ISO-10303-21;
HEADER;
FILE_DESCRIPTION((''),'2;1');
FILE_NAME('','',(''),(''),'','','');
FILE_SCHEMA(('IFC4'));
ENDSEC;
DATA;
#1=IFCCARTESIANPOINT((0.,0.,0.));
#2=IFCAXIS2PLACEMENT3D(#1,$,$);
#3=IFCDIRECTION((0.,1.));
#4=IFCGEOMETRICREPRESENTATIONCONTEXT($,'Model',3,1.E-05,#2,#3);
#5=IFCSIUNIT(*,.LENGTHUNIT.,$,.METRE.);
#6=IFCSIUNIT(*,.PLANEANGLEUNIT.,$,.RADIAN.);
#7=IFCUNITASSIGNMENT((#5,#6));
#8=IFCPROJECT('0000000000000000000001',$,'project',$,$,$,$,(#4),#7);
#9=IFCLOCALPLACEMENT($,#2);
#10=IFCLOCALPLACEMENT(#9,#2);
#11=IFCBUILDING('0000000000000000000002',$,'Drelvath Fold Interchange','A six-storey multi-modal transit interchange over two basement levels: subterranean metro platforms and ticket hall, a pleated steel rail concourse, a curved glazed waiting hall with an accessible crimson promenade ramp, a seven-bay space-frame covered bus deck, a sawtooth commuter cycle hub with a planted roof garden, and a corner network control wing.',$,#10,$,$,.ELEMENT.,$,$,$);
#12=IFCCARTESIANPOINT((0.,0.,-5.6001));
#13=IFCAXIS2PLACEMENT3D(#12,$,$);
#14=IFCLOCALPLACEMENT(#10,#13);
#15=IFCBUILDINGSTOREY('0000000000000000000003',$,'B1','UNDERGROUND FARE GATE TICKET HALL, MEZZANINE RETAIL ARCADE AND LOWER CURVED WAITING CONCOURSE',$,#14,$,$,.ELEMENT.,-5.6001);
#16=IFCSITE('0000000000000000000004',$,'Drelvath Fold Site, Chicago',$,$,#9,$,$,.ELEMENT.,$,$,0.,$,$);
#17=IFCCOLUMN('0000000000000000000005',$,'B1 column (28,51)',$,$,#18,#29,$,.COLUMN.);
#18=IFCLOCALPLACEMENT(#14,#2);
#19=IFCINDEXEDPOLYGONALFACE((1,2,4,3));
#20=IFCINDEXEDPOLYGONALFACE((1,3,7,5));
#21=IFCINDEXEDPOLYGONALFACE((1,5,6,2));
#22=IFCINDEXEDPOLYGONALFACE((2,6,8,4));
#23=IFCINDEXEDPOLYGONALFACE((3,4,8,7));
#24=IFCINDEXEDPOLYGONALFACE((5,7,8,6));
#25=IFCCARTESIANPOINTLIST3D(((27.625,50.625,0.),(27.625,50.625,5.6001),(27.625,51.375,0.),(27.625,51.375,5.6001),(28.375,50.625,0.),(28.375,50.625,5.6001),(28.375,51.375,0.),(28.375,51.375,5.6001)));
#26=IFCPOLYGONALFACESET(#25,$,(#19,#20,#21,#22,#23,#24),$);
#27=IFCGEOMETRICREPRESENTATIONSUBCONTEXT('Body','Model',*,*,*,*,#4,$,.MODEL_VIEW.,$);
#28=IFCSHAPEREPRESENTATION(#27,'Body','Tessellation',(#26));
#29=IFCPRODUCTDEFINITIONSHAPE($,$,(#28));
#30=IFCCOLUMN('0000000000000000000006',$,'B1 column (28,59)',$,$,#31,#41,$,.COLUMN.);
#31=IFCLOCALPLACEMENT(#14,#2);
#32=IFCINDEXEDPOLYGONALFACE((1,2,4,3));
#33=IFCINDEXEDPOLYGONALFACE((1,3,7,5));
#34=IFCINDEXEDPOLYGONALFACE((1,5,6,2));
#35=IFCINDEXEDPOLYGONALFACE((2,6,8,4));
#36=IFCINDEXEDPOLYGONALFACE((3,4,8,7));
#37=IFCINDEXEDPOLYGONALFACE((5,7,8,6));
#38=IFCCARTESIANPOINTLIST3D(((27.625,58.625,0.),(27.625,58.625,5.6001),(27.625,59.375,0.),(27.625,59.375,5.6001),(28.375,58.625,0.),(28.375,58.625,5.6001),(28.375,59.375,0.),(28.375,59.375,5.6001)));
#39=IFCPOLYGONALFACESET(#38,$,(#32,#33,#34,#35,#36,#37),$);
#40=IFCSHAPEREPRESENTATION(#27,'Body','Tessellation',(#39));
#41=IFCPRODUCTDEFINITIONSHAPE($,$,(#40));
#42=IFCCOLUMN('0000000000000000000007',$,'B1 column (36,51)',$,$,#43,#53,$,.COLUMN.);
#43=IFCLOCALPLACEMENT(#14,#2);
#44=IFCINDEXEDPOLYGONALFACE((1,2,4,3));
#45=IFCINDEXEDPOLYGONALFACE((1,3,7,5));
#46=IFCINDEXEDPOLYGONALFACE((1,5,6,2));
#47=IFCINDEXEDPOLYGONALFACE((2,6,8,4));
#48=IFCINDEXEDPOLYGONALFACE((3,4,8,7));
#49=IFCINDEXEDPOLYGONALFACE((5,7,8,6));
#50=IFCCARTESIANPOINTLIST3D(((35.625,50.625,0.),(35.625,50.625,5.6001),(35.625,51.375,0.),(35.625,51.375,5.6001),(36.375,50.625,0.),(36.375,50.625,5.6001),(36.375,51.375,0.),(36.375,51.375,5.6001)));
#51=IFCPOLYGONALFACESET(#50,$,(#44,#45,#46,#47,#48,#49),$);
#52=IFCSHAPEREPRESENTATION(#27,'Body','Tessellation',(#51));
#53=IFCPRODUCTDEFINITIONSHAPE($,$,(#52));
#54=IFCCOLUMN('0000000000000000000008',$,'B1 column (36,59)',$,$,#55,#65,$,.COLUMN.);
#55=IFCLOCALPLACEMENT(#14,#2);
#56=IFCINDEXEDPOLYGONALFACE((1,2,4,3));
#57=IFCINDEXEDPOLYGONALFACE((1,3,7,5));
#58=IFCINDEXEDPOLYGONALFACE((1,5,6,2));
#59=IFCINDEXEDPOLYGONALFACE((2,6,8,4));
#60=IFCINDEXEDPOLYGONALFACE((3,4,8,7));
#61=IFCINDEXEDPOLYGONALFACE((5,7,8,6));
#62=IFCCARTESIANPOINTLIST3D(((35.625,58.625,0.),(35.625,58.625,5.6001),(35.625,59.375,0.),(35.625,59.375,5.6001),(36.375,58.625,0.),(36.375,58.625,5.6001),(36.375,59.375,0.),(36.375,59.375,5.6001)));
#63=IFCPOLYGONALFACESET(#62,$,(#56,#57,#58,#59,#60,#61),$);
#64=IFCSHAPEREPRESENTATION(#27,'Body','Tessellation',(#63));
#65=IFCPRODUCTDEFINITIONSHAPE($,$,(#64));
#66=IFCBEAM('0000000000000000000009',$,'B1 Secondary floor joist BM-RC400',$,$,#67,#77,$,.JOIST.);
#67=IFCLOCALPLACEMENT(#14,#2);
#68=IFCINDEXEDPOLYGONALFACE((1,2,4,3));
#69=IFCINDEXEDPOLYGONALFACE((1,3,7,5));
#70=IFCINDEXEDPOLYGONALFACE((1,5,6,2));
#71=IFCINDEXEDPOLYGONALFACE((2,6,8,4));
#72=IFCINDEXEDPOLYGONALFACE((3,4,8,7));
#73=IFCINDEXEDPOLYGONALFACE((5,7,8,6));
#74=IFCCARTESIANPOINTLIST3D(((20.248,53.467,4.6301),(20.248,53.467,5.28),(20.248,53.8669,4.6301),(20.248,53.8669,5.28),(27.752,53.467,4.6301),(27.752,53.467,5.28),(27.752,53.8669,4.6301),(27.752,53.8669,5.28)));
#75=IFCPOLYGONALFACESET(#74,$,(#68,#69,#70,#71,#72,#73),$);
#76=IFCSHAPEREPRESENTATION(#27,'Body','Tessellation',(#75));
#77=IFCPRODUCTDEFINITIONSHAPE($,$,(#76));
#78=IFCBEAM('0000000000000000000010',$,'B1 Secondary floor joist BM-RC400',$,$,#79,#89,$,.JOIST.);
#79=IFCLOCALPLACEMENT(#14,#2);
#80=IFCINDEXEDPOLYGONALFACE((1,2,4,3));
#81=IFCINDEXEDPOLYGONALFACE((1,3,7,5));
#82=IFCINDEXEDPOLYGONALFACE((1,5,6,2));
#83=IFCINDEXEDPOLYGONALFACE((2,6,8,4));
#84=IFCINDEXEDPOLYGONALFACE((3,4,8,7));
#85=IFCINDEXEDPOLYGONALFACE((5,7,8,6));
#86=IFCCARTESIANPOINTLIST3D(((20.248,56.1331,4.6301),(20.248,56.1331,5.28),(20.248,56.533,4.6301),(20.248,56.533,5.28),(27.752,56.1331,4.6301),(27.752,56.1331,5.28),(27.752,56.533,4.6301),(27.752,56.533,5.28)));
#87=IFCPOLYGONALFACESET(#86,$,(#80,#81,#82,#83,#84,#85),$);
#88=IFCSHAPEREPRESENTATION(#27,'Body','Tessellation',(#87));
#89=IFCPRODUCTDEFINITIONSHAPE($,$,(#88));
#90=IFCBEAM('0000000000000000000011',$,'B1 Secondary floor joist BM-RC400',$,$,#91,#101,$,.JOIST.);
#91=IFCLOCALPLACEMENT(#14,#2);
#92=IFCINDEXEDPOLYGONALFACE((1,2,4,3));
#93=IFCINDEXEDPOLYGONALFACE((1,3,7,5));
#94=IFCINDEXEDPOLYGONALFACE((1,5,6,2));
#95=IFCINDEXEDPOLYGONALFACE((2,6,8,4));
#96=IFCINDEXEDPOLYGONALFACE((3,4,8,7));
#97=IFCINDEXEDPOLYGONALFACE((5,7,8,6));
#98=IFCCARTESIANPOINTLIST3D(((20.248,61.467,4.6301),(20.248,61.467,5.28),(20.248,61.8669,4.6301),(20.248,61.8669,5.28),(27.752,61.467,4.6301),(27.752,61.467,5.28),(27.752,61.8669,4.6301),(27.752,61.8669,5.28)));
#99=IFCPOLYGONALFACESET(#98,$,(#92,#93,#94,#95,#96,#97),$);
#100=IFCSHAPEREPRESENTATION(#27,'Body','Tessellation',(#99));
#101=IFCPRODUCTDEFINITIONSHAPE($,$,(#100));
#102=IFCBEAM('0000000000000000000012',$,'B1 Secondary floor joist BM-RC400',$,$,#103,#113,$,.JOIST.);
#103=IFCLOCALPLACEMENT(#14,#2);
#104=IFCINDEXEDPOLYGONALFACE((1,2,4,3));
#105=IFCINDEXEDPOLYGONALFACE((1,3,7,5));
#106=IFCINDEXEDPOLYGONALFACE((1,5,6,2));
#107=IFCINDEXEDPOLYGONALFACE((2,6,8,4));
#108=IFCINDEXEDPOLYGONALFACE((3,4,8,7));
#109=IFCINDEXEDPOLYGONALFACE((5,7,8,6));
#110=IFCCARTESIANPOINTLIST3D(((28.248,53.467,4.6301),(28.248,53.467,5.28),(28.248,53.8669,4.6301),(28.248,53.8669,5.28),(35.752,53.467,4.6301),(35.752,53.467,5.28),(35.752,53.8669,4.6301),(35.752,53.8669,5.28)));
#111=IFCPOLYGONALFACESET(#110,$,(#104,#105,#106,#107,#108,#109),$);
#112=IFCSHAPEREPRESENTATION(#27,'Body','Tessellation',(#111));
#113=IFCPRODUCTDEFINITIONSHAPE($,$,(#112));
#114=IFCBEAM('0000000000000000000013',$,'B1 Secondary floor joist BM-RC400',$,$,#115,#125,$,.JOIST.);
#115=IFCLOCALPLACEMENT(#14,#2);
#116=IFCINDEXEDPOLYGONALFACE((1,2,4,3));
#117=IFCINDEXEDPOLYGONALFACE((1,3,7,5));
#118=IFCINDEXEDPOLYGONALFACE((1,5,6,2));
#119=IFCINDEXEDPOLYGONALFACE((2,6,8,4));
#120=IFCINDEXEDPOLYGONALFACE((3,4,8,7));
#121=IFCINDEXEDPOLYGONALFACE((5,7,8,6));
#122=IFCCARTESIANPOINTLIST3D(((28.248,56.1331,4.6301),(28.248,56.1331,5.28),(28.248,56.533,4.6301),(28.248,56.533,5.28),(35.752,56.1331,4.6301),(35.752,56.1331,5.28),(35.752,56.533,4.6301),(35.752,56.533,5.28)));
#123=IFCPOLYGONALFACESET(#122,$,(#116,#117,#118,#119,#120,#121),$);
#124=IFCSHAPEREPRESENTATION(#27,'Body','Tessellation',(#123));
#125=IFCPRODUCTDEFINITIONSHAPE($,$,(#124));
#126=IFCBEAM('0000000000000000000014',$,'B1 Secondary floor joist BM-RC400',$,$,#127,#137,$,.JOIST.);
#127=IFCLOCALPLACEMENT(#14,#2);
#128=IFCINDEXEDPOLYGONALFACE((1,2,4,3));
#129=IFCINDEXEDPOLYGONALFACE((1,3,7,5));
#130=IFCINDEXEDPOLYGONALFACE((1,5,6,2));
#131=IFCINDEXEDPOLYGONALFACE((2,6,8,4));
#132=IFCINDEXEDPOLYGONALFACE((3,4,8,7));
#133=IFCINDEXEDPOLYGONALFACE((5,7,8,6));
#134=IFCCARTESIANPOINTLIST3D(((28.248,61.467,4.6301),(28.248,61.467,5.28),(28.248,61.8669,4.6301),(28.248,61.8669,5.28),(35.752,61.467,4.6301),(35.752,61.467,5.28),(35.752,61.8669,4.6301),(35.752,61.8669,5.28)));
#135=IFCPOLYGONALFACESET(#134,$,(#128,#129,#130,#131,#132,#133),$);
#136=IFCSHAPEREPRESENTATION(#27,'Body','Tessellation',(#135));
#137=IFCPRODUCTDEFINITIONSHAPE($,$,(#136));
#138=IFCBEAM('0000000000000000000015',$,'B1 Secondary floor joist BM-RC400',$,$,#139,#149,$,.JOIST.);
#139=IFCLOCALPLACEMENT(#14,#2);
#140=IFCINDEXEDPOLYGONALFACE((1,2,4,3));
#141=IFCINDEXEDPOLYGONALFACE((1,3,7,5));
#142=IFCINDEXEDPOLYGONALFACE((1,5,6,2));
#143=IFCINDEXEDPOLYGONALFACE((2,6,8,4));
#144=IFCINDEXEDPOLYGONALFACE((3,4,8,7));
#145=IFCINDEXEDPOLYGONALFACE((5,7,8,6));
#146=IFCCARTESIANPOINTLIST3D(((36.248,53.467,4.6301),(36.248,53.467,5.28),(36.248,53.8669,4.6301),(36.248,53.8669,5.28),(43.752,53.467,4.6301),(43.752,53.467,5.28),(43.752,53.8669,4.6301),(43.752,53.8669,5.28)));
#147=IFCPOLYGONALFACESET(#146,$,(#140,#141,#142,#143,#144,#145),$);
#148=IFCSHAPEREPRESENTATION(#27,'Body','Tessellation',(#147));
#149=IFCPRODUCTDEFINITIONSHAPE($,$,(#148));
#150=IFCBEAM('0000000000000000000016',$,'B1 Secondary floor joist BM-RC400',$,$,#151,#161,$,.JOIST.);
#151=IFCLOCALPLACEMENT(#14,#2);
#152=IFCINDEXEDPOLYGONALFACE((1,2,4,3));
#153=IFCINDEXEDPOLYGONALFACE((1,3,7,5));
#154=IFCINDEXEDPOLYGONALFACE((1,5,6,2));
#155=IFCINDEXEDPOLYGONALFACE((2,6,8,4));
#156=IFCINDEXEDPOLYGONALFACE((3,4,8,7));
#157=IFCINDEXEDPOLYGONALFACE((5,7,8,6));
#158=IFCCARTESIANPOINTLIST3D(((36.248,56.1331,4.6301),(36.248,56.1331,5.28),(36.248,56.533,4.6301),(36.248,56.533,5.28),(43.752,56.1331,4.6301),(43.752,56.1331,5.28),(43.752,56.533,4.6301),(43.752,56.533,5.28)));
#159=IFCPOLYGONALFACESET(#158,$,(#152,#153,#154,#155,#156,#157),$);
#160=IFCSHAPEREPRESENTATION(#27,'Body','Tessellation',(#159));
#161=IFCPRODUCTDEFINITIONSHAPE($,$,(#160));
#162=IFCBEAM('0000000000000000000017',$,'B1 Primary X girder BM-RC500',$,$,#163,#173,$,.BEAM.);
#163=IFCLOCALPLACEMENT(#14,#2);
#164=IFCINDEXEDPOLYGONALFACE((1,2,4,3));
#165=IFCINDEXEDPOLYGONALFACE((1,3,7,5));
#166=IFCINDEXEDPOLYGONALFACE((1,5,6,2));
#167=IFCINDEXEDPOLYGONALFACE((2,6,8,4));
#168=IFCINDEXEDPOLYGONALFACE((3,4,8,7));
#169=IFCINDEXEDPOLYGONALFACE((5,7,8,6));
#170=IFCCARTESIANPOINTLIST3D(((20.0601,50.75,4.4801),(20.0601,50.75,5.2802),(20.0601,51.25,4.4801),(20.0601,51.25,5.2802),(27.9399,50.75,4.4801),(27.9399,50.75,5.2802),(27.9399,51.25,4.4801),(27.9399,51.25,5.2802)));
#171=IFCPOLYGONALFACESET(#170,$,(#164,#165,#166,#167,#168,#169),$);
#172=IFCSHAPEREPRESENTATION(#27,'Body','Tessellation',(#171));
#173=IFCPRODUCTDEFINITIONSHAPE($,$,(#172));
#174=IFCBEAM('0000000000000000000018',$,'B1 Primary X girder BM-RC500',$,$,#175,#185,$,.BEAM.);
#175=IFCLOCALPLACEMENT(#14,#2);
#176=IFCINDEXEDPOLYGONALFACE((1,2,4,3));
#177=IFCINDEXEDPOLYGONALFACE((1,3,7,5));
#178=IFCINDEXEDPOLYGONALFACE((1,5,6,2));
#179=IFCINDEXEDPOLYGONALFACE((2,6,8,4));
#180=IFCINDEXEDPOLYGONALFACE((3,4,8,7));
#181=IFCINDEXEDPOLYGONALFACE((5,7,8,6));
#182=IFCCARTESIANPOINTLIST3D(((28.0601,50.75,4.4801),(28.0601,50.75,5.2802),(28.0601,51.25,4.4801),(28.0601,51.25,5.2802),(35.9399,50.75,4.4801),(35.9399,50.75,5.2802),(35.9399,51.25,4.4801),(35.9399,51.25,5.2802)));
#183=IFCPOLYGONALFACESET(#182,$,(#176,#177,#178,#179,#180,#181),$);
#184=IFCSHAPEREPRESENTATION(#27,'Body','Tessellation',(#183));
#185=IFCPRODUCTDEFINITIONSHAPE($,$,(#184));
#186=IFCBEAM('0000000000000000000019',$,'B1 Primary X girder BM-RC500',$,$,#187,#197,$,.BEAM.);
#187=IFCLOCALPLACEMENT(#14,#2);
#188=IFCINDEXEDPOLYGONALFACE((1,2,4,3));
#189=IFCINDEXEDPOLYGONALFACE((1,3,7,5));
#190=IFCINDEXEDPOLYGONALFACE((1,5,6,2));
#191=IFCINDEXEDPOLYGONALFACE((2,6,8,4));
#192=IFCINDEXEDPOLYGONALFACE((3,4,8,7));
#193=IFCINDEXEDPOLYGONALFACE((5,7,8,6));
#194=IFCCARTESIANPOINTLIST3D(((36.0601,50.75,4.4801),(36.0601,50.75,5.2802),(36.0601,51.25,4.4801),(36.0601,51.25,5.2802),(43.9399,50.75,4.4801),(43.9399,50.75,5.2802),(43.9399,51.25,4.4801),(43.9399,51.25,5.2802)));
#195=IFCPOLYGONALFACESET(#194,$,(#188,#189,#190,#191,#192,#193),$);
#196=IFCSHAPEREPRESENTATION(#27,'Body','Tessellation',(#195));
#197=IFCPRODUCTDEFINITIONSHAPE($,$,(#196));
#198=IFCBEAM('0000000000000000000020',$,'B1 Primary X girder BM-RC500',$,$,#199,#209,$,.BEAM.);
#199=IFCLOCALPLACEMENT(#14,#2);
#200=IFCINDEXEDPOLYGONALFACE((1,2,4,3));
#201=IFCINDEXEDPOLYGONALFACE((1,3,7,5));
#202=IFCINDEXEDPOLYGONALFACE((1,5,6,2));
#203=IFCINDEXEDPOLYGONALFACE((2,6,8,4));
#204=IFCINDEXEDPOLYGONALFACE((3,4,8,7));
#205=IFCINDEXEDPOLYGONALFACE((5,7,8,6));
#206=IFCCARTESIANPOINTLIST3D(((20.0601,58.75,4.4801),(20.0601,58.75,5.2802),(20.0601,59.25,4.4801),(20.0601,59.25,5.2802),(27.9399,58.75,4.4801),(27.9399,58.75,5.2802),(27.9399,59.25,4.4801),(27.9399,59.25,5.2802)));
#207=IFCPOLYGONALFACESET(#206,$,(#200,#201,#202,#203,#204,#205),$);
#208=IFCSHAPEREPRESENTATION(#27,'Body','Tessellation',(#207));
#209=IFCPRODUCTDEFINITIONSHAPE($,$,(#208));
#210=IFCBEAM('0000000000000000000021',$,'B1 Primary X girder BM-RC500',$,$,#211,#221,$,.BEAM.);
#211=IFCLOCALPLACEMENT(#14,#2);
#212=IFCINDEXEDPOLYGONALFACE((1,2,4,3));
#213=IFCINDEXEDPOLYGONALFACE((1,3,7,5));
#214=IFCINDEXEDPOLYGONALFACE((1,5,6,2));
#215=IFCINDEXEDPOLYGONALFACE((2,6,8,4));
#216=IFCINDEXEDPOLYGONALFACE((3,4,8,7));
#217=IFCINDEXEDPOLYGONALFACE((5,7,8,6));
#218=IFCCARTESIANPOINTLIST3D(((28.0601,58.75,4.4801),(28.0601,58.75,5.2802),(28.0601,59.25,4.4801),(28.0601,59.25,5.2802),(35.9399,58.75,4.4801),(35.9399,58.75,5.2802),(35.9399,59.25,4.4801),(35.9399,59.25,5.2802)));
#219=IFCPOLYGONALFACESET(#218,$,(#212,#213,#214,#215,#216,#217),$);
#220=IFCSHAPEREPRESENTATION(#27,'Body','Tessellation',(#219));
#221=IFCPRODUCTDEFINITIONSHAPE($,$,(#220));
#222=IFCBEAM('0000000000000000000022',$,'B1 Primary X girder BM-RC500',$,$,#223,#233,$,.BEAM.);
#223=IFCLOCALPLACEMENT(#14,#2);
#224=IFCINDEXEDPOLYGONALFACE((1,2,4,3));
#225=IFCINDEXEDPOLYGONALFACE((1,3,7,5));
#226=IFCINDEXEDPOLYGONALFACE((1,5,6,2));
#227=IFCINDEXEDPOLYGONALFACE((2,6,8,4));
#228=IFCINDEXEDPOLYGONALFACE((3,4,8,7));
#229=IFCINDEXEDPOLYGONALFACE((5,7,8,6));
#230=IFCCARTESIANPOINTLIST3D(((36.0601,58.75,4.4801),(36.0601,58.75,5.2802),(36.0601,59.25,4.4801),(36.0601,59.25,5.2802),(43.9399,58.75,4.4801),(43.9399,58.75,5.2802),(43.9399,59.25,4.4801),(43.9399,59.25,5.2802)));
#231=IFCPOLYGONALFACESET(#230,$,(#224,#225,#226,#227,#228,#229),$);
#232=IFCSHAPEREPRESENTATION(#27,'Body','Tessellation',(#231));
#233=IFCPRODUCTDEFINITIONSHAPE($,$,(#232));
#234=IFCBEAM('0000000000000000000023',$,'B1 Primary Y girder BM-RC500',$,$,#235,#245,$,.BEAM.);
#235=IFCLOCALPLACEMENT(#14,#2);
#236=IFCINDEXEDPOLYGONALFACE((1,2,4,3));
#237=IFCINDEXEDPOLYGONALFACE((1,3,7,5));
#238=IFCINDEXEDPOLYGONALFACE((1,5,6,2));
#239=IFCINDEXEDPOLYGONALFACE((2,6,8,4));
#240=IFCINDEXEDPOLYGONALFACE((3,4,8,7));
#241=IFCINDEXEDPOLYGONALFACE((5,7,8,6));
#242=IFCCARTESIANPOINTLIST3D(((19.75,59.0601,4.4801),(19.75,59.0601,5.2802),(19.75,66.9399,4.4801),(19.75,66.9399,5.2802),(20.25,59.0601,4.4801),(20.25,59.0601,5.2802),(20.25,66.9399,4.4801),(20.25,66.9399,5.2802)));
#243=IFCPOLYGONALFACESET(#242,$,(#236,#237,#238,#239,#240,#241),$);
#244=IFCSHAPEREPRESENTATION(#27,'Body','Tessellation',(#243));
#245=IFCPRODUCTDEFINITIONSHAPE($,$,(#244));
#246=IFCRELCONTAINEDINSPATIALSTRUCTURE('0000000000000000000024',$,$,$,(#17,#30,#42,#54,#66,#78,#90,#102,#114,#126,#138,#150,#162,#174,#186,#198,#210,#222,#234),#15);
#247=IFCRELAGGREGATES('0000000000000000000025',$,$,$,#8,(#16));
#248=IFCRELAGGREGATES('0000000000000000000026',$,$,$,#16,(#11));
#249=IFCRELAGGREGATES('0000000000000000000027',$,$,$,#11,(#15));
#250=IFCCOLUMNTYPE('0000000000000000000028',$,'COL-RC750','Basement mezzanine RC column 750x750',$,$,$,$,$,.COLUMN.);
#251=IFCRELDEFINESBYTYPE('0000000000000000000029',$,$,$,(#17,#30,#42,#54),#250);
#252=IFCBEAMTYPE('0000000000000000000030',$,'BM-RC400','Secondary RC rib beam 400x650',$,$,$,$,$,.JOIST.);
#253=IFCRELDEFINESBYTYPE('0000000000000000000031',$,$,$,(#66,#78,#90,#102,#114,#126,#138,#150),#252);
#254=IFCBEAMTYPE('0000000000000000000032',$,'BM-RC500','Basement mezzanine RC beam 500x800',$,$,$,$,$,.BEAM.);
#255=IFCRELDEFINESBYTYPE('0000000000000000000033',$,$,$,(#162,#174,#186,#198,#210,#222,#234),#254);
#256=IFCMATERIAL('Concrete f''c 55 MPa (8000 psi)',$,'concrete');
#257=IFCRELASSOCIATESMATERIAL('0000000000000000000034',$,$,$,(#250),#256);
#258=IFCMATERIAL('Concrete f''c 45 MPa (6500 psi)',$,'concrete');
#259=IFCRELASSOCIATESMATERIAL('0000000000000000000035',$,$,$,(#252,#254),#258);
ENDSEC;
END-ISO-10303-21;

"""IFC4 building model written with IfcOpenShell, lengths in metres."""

from ifc_helpers import new_model, si_unit, direction, frame, origin, origin_2d, place, context, subcontext, project, spatial, rectangle, extrude, material, material_profile, profile_set, type_object, element, save


model = new_model("IFC4")

# Units and contexts
model_context = context("Model", 3, precision=1e-05, world=origin(), true_north=direction((0.0, 1.0)))
body_context = subcontext(model_context, "Body", "Model", "MODEL_VIEW")
ifc_project = project(units=[si_unit("LENGTHUNIT", "METRE"), si_unit("PLANEANGLEUNIT", "RADIAN")], contexts=[model_context])

# Site, building, storey
site_placement = place(None, origin())
site = spatial("IfcSite", under=ifc_project, at=site_placement, Name="Drelvath Fold Site, Chicago", CompositionType="ELEMENT", RefElevation=0.0)
building_placement = place(site_placement, origin())
building = spatial("IfcBuilding", under=site, at=building_placement, Name="Drelvath Fold Interchange", Description="A six-storey multi-modal transit interchange over two basement levels: subterranean metro platforms and ticket hall, a pleated steel rail concourse, a curved glazed waiting hall with an accessible crimson promenade ramp, a seven-bay space-frame covered bus deck, a sawtooth commuter cycle hub with a planted roof garden, and a corner network control wing.", CompositionType="ELEMENT")
storey_placement = place(building_placement, frame((0.0, 0.0, -5.6001)))
storey = spatial("IfcBuildingStorey", under=building, at=storey_placement, Name="B1", Description="UNDERGROUND FARE GATE TICKET HALL, MEZZANINE RETAIL ARCADE AND LOWER CURVED WAITING CONCOURSE", CompositionType="ELEMENT", Elevation=-5.6001)

# Columns
ifc_material_1 = material(Name="Concrete f'c 55 MPa (8000 psi)", Category="concrete")
ifc_material_profile_1 = material_profile(ifc_material_1, rectangle(XDim=0.75, YDim=0.75, at=origin_2d()), Name="RC 750x750")
ifc_profile_set_1 = profile_set([ifc_material_profile_1], Name="Concrete f'c 55 MPa (8000 psi)")
column_type = type_object("IfcColumnType", Name="COL-RC750", Description="Basement mezzanine RC column 750x750", PredefinedType="COLUMN", material=ifc_profile_set_1)
for number, where, z_axis, x_axis, name in (
    (1, (28.0, 51.0, 0.0), (0.0, 0.0, 1.0), (1.0, 0.0, 0.0), "B1 column (28,51)"),
    (2, (28.0, 59.0, 0.0), (0.0, 0.0, 1.0), (1.0, 0.0, 0.0), "B1 column (28,59)"),
    (3, (36.0, 51.0, 0.0), (0.0, 0.0, 1.0), (1.0, 0.0, 0.0), "B1 column (36,51)"),
    (4, (36.0, 59.0, 0.0), (0.0, 0.0, 1.0), (1.0, 0.0, 0.0), "B1 column (36,59)"),
):
    element("IfcColumn", number, at=place(storey_placement, frame(where, z_axis=z_axis, x_axis=x_axis)), inside=storey, type_object=column_type, Name=name, PredefinedType="COLUMN", context=body_context, shape_type="SweptSolid", body=[
        extrude(rectangle(XDim=0.75, YDim=0.75, at=origin_2d()), origin(), (0.0, 0.0, 1.0), 5.6001),
    ])

# Beams
ifc_material_2 = material(Name="Concrete f'c 45 MPa (6500 psi)", Category="concrete")
ifc_material_profile_2 = material_profile(ifc_material_2, rectangle(XDim=0.3999, YDim=0.6499, at=origin_2d()), Name="RC 400x650")
ifc_profile_set_2 = profile_set([ifc_material_profile_2], Name="Concrete f'c 45 MPa (6500 psi)")
beam_type_1 = type_object("IfcBeamType", Name="BM-RC400", Description="Secondary RC rib beam 400x650", PredefinedType="JOIST", material=ifc_profile_set_2)
for number, where, z_axis, x_axis, name in (
    (5, (20.248, 53.667, 4.9551), (1.0, 0.0, 0.0), (0.0, 1.0, 0.0), "B1 Secondary floor joist BM-RC400"),
    (6, (20.248, 56.333, 4.9551), (1.0, 0.0, 0.0), (0.0, 1.0, 0.0), "B1 Secondary floor joist BM-RC400"),
    (7, (20.248, 61.667, 4.9551), (1.0, 0.0, 0.0), (0.0, 1.0, 0.0), "B1 Secondary floor joist BM-RC400"),
    (8, (28.248, 53.667, 4.9551), (1.0, 0.0, 0.0), (0.0, 1.0, 0.0), "B1 Secondary floor joist BM-RC400"),
    (9, (28.248, 56.333, 4.9551), (1.0, 0.0, 0.0), (0.0, 1.0, 0.0), "B1 Secondary floor joist BM-RC400"),
    (10, (28.248, 61.667, 4.9551), (1.0, 0.0, 0.0), (0.0, 1.0, 0.0), "B1 Secondary floor joist BM-RC400"),
    (11, (36.248, 53.667, 4.9551), (1.0, 0.0, 0.0), (0.0, 1.0, 0.0), "B1 Secondary floor joist BM-RC400"),
    (12, (36.248, 56.333, 4.9551), (1.0, 0.0, 0.0), (0.0, 1.0, 0.0), "B1 Secondary floor joist BM-RC400"),
):
    element("IfcBeam", number, at=place(storey_placement, frame(where, z_axis=z_axis, x_axis=x_axis)), inside=storey, type_object=beam_type_1, Name=name, PredefinedType="JOIST", context=body_context, shape_type="SweptSolid", body=[
        extrude(rectangle(XDim=0.3999, YDim=0.6499, at=origin_2d()), origin(), (0.0, 0.0, 1.0), 7.5039),
    ])
ifc_material_profile_3 = material_profile(ifc_material_2, rectangle(XDim=0.5, YDim=0.8, at=origin_2d()), Name="RC 500x800")
ifc_profile_set_3 = profile_set([ifc_material_profile_3], Name="Concrete f'c 45 MPa (6500 psi)")
beam_type_2 = type_object("IfcBeamType", Name="BM-RC500", Description="Basement mezzanine RC beam 500x800", PredefinedType="BEAM", material=ifc_profile_set_3)
for number, where, z_axis, x_axis, name in (
    (13, (20.0601, 51.0, 4.8801), (1.0, 0.0, 0.0), (0.0, 1.0, 0.0), "B1 Primary X girder BM-RC500"),
    (14, (28.0601, 51.0, 4.8801), (1.0, 0.0, 0.0), (0.0, 1.0, 0.0), "B1 Primary X girder BM-RC500"),
    (15, (36.0601, 51.0, 4.8801), (1.0, 0.0, 0.0), (0.0, 1.0, 0.0), "B1 Primary X girder BM-RC500"),
    (16, (20.0601, 59.0, 4.8801), (1.0, 0.0, 0.0), (0.0, 1.0, 0.0), "B1 Primary X girder BM-RC500"),
    (17, (28.0601, 59.0, 4.8801), (1.0, 0.0, 0.0), (0.0, 1.0, 0.0), "B1 Primary X girder BM-RC500"),
    (18, (36.0601, 59.0, 4.8801), (1.0, 0.0, 0.0), (0.0, 1.0, 0.0), "B1 Primary X girder BM-RC500"),
    (19, (20.0, 59.0601, 4.8801), (0.0, 1.0, 0.0), (-1.0, 0.0, 0.0), "B1 Primary Y girder BM-RC500"),
):
    element("IfcBeam", number, at=place(storey_placement, frame(where, z_axis=z_axis, x_axis=x_axis)), inside=storey, type_object=beam_type_2, Name=name, PredefinedType="BEAM", context=body_context, shape_type="SweptSolid", body=[
        extrude(rectangle(XDim=0.5, YDim=0.8, at=origin_2d()), origin(), (0.0, 0.0, 1.0), 7.8799),
    ])

save(model, "model.ifc")
